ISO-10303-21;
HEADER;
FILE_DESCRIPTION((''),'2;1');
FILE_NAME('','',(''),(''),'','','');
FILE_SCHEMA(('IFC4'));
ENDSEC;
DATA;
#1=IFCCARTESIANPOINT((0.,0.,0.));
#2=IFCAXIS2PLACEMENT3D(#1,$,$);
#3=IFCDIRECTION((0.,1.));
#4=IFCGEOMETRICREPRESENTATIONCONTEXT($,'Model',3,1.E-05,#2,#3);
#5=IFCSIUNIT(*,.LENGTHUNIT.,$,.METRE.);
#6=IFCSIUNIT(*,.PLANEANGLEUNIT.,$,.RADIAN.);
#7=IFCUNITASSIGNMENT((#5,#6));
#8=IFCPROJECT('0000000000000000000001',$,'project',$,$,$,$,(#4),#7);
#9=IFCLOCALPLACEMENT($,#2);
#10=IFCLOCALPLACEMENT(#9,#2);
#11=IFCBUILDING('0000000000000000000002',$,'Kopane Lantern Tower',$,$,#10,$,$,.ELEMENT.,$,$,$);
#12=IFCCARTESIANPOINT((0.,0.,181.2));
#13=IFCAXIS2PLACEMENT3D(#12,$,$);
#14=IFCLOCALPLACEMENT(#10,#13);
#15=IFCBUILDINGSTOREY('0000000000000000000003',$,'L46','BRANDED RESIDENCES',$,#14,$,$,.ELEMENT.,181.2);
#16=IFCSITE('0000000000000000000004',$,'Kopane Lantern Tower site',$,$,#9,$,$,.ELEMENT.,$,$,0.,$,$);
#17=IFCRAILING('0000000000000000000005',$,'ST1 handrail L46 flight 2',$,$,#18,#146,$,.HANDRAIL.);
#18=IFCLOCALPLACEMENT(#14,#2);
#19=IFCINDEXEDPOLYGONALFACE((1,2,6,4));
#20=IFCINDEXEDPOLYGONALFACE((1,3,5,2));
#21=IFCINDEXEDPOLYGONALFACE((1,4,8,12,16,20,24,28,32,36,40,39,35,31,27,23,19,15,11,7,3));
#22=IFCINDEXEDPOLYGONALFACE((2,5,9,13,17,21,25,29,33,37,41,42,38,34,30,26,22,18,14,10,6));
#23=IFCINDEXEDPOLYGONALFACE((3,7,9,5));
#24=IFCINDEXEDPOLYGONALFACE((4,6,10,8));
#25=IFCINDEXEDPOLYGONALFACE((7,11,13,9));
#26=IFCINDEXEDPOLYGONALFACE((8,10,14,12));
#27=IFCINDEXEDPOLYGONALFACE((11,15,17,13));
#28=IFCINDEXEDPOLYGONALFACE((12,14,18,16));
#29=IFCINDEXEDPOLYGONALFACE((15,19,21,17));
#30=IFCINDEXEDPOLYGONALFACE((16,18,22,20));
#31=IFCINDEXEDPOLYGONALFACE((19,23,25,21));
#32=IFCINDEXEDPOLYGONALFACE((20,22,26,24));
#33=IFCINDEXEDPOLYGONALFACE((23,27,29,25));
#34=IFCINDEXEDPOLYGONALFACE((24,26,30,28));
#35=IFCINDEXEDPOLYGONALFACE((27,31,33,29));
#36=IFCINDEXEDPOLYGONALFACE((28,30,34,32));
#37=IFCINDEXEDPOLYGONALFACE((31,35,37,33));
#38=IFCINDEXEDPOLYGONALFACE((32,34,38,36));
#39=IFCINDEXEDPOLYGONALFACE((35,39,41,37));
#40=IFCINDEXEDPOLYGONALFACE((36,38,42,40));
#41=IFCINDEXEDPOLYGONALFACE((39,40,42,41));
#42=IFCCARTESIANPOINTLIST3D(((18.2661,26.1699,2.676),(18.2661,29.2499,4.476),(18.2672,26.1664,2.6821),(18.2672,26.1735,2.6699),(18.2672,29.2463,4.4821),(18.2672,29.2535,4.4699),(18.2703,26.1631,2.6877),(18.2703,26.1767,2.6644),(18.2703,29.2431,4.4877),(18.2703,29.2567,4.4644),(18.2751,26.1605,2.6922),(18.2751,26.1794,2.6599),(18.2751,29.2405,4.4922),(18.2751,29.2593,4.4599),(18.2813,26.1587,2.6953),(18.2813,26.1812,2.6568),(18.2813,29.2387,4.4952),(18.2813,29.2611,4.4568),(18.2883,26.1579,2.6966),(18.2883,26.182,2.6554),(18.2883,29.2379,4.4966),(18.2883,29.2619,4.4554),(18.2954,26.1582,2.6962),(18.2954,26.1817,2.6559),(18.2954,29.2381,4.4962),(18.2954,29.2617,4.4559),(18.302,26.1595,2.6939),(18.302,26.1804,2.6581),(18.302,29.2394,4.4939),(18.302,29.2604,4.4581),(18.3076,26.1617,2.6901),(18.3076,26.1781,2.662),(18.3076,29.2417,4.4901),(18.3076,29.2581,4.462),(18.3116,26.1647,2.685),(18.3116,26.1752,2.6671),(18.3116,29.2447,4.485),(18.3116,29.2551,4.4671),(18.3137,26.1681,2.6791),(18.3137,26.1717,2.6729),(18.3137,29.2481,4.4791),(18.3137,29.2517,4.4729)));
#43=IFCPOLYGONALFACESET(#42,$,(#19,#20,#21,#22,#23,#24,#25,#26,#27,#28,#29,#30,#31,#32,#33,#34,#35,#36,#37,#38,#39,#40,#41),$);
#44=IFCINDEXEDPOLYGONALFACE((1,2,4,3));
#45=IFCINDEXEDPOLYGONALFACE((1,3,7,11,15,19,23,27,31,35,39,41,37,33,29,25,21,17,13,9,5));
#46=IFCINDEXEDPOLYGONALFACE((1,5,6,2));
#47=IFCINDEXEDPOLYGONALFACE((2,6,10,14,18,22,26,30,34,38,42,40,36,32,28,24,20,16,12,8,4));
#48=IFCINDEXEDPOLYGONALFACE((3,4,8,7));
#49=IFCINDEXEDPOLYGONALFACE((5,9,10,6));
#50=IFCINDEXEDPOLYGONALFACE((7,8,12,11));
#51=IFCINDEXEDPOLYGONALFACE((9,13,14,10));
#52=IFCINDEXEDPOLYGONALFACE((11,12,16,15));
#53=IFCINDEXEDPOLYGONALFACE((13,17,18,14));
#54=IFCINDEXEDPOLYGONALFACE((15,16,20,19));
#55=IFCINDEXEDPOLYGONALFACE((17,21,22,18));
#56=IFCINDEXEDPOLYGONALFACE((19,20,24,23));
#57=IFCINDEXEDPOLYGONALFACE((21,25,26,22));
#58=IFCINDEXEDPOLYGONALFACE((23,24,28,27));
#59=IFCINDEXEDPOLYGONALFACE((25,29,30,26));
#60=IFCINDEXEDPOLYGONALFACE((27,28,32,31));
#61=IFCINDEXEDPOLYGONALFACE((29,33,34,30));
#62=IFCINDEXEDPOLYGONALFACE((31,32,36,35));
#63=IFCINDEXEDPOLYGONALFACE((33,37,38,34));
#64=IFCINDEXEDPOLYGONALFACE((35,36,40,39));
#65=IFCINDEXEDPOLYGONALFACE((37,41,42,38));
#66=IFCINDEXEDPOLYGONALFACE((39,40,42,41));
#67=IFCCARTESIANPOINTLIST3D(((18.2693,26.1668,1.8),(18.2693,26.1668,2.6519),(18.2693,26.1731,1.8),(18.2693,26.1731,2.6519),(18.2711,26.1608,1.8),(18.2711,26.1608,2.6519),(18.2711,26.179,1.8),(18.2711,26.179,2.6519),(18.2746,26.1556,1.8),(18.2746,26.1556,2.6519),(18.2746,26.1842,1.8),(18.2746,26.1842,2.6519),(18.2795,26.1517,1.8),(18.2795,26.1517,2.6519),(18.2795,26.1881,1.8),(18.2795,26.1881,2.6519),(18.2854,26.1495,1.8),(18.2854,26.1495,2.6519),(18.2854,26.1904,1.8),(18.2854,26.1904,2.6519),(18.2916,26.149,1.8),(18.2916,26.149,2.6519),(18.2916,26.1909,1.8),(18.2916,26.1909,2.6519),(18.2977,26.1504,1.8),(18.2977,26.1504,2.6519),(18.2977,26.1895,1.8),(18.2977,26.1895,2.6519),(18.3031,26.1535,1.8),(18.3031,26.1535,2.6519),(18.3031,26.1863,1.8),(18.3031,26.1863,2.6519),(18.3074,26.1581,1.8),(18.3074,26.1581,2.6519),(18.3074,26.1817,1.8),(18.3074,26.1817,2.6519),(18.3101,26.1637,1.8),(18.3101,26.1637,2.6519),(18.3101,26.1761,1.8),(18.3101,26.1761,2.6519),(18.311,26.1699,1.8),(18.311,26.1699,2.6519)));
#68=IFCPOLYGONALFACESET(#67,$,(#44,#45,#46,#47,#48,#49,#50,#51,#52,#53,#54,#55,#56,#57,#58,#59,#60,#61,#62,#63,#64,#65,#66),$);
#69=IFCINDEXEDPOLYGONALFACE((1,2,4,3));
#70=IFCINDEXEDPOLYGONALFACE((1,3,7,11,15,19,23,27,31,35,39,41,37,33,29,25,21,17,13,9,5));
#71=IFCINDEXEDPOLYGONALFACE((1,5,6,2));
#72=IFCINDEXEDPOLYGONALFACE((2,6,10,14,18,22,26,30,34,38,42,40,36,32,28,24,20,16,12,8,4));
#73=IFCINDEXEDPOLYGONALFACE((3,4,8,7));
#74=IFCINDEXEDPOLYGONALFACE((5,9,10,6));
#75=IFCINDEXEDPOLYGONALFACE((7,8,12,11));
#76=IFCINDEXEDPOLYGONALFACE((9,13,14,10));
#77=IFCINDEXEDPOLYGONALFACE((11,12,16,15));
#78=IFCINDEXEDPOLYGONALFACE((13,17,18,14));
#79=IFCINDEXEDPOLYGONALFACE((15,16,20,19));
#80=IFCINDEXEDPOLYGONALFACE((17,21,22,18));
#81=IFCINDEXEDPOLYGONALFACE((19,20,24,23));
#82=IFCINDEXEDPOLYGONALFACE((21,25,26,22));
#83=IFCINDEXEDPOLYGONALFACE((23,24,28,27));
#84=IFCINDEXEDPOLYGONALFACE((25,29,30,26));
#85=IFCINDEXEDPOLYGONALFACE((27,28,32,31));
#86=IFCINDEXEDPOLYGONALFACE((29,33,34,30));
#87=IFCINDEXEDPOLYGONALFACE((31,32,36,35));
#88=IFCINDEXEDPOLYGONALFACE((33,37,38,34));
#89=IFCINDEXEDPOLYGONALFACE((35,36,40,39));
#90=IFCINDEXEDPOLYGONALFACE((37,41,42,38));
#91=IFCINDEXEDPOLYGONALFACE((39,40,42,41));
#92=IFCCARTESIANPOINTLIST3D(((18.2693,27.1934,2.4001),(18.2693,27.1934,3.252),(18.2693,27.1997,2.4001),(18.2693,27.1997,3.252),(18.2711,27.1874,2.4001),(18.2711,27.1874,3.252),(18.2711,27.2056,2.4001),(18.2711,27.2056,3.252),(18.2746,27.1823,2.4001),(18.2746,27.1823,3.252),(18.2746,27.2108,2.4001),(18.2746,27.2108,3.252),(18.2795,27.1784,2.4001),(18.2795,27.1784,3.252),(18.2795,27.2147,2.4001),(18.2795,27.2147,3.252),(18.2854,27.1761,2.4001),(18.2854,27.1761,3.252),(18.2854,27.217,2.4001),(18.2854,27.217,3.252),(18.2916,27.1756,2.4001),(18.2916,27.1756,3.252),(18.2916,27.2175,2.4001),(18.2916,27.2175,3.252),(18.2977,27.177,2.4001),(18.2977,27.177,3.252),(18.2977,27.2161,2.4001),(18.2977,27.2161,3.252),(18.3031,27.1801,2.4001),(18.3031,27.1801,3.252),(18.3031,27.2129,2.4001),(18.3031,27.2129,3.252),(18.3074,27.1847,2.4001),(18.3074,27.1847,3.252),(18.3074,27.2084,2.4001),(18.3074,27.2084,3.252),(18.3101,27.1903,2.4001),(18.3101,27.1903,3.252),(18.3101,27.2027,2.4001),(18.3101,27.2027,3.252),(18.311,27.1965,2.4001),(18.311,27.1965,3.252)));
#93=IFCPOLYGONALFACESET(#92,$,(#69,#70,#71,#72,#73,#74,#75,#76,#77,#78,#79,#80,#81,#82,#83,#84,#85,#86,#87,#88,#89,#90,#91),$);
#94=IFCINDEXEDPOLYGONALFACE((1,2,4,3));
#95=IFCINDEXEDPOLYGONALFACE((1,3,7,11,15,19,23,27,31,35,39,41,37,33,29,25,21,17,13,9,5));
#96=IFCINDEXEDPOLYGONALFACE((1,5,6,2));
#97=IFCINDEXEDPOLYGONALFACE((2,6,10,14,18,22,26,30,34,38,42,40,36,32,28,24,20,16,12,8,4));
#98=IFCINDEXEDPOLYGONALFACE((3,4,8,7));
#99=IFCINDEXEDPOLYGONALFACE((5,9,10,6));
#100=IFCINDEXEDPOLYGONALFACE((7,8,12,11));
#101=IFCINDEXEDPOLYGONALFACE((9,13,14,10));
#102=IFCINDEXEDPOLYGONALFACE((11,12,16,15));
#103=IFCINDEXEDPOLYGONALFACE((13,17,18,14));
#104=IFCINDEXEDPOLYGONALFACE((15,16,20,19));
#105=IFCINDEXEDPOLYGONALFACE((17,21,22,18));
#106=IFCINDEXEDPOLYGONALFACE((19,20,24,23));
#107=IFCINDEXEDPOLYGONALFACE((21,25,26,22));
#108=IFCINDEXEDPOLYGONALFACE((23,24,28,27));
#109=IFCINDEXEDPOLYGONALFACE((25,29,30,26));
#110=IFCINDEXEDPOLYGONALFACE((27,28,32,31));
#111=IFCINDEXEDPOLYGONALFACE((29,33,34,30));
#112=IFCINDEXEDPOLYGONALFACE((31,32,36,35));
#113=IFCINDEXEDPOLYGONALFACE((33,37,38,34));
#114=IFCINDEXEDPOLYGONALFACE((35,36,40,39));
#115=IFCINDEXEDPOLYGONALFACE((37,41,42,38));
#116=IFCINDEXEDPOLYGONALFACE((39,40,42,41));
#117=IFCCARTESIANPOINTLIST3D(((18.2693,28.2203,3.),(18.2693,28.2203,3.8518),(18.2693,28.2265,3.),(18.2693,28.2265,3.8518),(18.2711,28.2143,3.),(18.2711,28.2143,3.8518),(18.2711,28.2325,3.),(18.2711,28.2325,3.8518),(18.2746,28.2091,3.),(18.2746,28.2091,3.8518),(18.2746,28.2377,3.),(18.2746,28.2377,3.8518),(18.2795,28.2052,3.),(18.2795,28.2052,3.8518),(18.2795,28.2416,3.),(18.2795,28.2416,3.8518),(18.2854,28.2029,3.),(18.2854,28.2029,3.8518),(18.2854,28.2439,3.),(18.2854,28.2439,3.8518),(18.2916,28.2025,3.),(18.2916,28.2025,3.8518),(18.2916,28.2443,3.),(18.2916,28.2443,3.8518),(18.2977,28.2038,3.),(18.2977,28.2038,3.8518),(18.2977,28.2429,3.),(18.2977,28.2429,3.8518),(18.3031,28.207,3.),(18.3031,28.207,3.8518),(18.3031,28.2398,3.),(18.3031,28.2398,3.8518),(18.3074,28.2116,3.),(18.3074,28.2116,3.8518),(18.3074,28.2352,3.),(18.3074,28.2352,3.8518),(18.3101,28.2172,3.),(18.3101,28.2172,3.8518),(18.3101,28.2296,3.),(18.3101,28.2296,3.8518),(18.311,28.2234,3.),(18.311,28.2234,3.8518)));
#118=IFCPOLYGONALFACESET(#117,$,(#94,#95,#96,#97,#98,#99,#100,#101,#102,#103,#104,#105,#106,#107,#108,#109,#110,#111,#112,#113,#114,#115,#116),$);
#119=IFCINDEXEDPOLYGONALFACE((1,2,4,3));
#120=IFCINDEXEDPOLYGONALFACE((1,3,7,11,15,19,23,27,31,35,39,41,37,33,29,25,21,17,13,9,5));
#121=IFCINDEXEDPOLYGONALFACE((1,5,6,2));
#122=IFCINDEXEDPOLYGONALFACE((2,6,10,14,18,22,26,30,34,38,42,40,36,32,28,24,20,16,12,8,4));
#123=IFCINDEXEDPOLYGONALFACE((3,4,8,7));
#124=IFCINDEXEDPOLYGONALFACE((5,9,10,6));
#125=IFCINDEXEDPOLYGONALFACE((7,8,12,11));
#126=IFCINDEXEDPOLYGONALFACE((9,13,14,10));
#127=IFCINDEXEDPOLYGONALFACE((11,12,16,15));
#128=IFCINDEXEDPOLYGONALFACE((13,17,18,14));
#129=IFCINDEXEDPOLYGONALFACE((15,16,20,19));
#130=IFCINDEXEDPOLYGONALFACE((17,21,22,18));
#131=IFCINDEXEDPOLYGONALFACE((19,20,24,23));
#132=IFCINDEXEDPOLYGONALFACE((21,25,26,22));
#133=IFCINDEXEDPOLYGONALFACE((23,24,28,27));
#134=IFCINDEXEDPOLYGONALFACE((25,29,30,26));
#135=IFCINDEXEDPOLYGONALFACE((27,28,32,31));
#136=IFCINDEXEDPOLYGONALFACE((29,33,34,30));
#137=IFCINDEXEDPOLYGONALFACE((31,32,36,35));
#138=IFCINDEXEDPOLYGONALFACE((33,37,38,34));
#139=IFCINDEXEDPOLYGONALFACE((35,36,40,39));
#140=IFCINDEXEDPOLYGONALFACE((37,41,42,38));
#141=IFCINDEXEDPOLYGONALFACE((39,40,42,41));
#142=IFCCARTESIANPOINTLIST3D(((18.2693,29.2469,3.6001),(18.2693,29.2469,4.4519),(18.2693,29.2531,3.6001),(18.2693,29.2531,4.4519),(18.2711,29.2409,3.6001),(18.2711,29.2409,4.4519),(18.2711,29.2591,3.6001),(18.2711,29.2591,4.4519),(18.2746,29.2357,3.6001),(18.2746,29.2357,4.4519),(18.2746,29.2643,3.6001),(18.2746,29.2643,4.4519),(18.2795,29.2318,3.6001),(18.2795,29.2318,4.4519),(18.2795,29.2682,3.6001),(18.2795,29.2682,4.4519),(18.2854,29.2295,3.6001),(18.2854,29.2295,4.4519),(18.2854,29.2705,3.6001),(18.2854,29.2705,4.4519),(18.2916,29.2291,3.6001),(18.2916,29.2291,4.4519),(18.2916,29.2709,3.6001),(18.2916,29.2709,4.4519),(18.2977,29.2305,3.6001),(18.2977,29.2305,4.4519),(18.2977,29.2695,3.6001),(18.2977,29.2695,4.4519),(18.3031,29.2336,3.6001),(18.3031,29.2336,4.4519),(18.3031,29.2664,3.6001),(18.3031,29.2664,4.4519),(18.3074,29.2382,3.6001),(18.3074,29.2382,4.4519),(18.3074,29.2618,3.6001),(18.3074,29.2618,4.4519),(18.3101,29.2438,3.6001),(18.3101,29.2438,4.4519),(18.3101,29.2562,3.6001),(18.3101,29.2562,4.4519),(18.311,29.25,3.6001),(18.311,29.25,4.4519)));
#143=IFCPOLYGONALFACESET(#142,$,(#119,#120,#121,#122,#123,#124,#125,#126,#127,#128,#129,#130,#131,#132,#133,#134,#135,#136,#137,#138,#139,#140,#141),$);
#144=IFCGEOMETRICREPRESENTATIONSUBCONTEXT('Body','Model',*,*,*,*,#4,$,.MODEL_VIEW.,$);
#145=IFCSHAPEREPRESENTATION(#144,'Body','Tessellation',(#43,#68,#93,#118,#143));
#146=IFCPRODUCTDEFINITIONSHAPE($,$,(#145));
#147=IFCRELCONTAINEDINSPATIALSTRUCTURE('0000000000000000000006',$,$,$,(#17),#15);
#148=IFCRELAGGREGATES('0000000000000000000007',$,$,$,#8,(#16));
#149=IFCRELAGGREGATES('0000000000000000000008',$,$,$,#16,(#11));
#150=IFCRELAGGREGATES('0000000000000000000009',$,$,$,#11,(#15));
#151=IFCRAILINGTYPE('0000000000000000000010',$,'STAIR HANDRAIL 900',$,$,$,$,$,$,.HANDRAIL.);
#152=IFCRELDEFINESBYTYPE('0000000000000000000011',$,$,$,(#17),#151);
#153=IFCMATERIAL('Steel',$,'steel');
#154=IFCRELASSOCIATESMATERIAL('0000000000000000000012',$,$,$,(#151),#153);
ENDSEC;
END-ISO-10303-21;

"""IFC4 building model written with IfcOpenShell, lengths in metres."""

from ifc_helpers import new_model, si_unit, direction, frame, origin, origin_2d, place, context, subcontext, project, spatial, circle, extrude, material, type_object, element, save


model = new_model("IFC4")

# Units and contexts
model_context = context("Model", 3, precision=1e-05, world=origin(), true_north=direction((0.0, 1.0)))
body_context = subcontext(model_context, "Body", "Model", "MODEL_VIEW")
ifc_project = project(units=[si_unit("LENGTHUNIT", "METRE"), si_unit("PLANEANGLEUNIT", "RADIAN")], contexts=[model_context])

# Site, building, storey
site_placement = place(None, origin())
site = spatial("IfcSite", under=ifc_project, at=site_placement, Name="Kopane Lantern Tower site", CompositionType="ELEMENT", RefElevation=0.0)
building_placement = place(site_placement, origin())
building = spatial("IfcBuilding", under=site, at=building_placement, Name="Kopane Lantern Tower", CompositionType="ELEMENT")
storey_placement = place(building_placement, frame((0.0, 0.0, 181.2)))
storey = spatial("IfcBuildingStorey", under=building, at=storey_placement, Name="L46", Description="BRANDED RESIDENCES", CompositionType="ELEMENT", Elevation=181.2)

# Railing
ifc_material_1 = material(Name="Steel", Category="steel")
railing_type_1 = type_object("IfcRailingType", Name="STAIR HANDRAIL 900", PredefinedType="HANDRAIL", material=ifc_material_1)
for number, where, name in (
    (1, (18.29, 26.1699, 1.8), "ST1 handrail L46 flight 2"),
):
    element("IfcRailing", number, at=place(storey_placement, frame(where)), inside=storey, type_object=railing_type_1, Name=name, PredefinedType="HANDRAIL", context=body_context, shape_type="SweptSolid", body=[
        extrude(circle(Radius=0.0239, at=origin_2d()), frame((0.0, 0.0, 0.876), z_axis=(0.0, 0.863372, 0.504569), x_axis=(-1.0, 0.0, 0.0)), (0.0, 0.0, 1.0), 3.5674),
        extrude(circle(Radius=0.021, at=origin_2d()), origin(), (0.0, 0.0, 1.0), 0.8518),
        extrude(circle(Radius=0.021, at=origin_2d()), frame((0.0, 1.0266, 0.6001)), (0.0, 0.0, 1.0), 0.8518),
        extrude(circle(Radius=0.021, at=origin_2d()), frame((0.0, 2.0535, 1.2)), (0.0, 0.0, 1.0), 0.8518),
        extrude(circle(Radius=0.021, at=origin_2d()), frame((0.0, 3.0801, 1.8)), (0.0, 0.0, 1.0), 0.8518),
    ])

save(model, "model.ifc")
